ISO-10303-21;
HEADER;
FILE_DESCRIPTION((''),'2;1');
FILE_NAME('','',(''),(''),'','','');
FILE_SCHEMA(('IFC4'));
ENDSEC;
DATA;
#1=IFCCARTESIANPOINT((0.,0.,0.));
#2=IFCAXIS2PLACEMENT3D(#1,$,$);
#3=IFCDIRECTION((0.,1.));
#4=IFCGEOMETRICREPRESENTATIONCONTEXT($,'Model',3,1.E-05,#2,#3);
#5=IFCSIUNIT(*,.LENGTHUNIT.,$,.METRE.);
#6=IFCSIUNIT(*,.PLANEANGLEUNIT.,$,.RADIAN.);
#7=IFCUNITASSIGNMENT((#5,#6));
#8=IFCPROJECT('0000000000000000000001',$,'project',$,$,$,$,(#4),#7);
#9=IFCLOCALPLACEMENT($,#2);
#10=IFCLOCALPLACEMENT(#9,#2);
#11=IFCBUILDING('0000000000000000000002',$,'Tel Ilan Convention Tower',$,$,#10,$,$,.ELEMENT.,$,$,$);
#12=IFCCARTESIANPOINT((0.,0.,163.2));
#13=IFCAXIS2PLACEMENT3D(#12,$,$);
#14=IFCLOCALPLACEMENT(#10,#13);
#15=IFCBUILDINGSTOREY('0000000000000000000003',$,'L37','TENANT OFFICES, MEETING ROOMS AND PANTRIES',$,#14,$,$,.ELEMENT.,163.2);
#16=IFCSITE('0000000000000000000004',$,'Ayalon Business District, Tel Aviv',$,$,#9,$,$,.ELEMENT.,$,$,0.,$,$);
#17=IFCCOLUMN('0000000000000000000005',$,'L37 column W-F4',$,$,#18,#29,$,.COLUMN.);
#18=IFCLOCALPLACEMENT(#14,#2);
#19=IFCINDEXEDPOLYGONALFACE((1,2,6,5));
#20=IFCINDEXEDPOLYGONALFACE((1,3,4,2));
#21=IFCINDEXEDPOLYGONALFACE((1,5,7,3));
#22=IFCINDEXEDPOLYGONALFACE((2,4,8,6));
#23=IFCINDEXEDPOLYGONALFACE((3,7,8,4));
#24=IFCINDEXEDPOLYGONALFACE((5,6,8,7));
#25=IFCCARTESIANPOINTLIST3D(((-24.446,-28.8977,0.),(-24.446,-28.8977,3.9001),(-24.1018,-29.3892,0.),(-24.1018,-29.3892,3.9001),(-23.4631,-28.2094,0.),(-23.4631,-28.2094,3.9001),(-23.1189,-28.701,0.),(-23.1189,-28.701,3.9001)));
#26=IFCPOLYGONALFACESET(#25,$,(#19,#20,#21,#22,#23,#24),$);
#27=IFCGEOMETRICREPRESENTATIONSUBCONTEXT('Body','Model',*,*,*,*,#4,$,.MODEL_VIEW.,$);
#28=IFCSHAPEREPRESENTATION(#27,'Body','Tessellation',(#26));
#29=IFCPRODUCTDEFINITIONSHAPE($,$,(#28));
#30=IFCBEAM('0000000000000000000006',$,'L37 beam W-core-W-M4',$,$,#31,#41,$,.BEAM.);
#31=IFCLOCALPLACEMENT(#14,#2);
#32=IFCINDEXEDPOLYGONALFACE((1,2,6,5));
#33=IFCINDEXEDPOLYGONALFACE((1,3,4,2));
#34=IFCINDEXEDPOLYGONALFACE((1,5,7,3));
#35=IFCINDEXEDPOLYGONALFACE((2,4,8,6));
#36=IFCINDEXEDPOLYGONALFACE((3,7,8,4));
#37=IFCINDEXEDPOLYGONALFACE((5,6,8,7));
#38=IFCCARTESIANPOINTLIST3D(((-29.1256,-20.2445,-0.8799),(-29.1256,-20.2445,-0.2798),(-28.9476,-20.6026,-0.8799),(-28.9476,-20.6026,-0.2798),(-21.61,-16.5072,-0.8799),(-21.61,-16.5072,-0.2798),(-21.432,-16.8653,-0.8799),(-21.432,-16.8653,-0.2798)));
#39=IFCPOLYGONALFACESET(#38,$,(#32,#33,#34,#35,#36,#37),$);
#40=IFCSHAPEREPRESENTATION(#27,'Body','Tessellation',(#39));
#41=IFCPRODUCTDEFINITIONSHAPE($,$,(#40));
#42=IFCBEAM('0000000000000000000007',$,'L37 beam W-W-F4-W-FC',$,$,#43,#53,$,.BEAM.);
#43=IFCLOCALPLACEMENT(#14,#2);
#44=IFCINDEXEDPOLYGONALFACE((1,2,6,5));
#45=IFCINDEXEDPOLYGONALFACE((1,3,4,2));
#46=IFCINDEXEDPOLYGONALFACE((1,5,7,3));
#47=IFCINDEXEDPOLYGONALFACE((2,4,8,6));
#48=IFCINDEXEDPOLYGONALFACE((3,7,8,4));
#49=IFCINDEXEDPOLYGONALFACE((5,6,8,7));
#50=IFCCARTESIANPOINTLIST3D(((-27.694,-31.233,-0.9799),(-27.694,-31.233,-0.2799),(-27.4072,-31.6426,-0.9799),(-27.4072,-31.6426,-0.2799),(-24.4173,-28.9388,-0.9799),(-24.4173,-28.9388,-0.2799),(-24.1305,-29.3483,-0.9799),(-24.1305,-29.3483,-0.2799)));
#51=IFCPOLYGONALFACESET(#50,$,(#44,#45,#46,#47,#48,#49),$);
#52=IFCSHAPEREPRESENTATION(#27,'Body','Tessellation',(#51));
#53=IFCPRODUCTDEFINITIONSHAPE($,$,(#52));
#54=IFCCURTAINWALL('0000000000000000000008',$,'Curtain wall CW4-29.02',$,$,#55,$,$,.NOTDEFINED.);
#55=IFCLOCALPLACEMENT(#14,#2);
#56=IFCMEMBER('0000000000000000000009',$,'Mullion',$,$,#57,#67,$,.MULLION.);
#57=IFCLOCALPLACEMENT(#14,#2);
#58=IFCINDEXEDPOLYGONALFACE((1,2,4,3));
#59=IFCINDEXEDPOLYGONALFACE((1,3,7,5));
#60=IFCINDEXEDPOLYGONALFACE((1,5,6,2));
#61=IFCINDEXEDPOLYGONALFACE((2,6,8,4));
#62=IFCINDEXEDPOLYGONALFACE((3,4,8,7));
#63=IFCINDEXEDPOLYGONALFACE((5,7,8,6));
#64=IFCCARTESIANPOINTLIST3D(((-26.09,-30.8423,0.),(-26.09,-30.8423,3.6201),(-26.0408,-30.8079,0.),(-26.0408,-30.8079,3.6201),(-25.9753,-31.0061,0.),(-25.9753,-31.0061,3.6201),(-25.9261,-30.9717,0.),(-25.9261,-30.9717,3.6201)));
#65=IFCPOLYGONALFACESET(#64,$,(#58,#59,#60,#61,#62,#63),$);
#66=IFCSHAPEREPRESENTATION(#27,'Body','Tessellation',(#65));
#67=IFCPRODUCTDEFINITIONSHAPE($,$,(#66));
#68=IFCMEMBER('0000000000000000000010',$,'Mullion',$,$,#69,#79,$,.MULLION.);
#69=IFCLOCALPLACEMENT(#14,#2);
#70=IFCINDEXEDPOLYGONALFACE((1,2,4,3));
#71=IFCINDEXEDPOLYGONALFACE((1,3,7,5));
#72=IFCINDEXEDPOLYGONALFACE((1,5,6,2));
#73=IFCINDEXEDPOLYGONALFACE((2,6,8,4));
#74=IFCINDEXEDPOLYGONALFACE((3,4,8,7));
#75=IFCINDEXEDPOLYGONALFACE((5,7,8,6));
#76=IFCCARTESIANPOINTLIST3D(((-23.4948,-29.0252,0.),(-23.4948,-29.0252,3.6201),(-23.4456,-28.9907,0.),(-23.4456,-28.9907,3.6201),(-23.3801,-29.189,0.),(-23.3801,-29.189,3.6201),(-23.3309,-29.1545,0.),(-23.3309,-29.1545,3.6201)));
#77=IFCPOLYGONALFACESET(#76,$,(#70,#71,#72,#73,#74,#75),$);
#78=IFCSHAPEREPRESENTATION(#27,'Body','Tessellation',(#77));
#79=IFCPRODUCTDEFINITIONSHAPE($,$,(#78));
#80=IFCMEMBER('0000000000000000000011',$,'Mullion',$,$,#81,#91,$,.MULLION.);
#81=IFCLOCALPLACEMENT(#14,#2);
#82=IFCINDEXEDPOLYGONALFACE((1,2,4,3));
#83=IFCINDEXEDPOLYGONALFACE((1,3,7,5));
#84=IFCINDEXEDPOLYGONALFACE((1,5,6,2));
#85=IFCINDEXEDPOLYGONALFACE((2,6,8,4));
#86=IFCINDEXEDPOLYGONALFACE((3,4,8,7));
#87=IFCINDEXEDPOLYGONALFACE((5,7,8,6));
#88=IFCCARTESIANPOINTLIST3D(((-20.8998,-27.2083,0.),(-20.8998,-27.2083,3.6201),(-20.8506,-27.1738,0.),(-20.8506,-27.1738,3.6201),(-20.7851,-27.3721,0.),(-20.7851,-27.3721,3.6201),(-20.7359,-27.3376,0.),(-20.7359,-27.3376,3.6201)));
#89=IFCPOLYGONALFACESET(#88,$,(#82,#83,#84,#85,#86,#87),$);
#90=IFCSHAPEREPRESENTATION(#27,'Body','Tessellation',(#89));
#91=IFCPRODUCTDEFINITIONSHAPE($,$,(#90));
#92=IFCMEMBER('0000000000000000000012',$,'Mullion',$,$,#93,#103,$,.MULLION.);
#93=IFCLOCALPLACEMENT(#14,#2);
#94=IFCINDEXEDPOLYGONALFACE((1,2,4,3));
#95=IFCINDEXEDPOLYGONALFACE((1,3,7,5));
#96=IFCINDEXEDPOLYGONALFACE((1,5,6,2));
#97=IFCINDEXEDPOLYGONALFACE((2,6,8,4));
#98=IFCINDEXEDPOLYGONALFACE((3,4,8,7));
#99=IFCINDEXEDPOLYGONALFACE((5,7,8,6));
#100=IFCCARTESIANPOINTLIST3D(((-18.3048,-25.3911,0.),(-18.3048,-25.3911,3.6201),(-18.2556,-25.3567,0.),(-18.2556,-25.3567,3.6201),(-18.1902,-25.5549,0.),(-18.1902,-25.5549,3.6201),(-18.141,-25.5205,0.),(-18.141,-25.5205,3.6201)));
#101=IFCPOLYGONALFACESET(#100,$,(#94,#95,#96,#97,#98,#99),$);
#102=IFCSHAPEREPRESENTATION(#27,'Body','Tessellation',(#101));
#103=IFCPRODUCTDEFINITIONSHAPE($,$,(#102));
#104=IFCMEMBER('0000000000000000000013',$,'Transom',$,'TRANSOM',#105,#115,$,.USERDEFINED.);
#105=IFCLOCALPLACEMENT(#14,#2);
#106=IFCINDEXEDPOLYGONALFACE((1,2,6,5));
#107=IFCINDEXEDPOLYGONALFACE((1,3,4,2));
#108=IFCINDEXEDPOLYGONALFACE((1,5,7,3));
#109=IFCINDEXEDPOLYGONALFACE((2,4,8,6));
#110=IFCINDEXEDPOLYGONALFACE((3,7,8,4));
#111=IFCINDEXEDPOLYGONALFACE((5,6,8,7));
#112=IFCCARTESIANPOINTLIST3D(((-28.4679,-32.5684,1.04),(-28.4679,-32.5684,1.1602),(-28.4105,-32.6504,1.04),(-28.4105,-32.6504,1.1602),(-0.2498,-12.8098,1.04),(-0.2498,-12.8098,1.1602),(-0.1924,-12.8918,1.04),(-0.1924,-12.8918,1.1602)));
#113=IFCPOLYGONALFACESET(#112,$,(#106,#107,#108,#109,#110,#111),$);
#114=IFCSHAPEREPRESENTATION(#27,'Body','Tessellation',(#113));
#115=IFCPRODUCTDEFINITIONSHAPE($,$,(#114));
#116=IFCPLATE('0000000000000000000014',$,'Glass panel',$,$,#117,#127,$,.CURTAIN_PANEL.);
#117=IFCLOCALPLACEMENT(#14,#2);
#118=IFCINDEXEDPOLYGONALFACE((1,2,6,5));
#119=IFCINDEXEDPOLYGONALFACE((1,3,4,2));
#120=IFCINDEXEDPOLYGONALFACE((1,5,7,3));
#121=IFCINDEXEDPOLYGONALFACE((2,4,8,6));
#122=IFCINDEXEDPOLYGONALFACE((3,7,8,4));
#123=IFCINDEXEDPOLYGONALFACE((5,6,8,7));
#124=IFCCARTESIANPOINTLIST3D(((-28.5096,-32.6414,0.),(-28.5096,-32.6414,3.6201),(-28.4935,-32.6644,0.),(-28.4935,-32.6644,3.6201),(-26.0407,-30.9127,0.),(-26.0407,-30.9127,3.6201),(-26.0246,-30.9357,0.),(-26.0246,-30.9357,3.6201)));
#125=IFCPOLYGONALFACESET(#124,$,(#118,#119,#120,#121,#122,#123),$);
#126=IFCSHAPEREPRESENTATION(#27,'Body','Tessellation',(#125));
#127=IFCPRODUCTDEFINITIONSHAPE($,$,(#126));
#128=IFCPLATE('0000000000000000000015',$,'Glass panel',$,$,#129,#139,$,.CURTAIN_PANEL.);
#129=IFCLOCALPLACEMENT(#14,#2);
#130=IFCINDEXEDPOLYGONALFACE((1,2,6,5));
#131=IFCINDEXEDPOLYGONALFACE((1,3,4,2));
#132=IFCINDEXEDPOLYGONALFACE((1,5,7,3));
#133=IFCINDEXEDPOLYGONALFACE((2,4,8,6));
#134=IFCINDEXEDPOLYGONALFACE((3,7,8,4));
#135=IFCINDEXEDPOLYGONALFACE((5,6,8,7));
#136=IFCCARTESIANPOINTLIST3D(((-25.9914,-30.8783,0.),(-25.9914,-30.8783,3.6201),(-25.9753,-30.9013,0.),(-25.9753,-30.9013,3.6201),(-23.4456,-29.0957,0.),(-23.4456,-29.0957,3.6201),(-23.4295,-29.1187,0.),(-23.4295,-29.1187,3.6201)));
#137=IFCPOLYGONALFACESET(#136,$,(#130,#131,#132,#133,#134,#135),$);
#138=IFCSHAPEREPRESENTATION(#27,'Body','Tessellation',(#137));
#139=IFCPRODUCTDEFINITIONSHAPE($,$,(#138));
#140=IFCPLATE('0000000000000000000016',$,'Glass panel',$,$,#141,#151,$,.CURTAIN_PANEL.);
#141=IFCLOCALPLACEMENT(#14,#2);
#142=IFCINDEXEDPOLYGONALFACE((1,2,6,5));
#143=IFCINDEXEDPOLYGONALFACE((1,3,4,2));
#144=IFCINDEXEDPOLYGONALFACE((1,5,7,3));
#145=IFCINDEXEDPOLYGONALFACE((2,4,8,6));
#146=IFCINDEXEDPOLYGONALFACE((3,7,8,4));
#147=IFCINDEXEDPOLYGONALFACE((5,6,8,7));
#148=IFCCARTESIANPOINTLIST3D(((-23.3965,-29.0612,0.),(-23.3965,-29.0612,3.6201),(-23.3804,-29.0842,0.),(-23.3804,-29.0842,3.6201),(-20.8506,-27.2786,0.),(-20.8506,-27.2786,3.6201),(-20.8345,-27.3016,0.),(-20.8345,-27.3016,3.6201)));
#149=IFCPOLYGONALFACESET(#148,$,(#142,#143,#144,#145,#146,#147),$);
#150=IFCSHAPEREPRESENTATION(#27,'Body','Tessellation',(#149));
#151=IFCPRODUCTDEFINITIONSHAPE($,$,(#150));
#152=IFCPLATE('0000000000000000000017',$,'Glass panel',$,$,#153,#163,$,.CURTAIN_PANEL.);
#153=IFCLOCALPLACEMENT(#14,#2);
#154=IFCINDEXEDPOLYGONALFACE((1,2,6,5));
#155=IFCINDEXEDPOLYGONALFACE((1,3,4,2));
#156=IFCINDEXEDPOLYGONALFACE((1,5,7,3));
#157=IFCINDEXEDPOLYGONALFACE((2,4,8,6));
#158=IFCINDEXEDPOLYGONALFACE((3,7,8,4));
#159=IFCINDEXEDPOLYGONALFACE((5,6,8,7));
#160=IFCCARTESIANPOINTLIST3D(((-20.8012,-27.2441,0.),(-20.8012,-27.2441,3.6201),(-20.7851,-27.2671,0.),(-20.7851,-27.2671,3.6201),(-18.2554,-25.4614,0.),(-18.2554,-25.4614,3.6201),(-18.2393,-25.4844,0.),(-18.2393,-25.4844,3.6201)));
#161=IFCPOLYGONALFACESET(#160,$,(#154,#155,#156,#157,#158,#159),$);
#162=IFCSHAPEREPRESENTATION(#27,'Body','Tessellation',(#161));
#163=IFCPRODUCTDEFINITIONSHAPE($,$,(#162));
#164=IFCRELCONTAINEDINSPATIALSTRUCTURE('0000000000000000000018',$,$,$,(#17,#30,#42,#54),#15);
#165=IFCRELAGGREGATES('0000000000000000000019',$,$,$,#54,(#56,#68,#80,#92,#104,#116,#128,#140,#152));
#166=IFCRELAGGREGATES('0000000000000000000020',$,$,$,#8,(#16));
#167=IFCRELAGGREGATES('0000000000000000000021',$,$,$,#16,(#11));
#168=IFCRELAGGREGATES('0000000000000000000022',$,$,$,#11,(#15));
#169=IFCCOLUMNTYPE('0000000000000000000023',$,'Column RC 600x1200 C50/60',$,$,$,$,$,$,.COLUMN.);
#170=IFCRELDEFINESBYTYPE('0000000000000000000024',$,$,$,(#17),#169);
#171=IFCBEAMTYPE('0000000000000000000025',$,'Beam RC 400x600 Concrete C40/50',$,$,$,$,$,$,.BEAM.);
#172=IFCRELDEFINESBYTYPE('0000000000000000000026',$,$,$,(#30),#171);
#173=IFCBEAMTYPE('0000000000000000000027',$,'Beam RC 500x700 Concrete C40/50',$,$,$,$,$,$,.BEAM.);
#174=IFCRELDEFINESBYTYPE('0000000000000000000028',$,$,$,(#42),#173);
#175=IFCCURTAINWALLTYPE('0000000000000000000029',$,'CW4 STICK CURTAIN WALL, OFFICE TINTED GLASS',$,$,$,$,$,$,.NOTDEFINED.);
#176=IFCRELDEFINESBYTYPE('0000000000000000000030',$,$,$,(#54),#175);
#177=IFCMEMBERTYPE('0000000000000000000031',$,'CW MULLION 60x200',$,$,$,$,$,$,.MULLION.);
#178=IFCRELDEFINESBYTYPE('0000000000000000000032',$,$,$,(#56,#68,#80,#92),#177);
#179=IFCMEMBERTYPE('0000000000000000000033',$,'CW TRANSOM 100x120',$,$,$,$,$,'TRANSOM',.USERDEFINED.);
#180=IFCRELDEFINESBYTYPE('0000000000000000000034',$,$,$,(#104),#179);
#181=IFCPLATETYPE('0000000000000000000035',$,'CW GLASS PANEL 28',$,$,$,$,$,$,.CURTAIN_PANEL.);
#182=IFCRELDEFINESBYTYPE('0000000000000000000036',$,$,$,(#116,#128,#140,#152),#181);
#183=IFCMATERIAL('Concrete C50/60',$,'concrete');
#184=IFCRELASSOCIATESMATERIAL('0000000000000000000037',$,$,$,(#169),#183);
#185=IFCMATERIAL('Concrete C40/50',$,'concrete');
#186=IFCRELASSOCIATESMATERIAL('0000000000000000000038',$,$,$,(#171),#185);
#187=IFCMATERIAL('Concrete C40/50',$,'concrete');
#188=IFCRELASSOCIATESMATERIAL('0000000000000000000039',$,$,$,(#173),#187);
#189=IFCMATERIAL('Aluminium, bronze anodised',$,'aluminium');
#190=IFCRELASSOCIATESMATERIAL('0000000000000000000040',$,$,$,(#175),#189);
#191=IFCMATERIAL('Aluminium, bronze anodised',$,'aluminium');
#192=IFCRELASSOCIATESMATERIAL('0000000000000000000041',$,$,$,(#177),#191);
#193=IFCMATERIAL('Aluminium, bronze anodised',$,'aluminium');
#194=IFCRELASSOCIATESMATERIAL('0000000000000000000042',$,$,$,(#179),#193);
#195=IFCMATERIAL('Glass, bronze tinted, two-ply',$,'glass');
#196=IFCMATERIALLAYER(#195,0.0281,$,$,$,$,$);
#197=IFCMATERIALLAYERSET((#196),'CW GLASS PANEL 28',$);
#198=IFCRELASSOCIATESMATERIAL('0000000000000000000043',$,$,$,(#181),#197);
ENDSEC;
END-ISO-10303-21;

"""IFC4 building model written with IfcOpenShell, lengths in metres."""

from ifc_helpers import new_model, si_unit, direction, frame, origin, origin_2d, place, context, subcontext, project, spatial, rectangle, extrude, material, layer, layer_set, material_profile, profile_set, type_object, element, aggregate, save


model = new_model("IFC4")

# Units and contexts
model_context = context("Model", 3, precision=1e-05, world=origin(), true_north=direction((0.0, 1.0)))
body_context = subcontext(model_context, "Body", "Model", "MODEL_VIEW")
ifc_project = project(units=[si_unit("LENGTHUNIT", "METRE"), si_unit("PLANEANGLEUNIT", "RADIAN")], contexts=[model_context])

# Site, building, storey
site_placement = place(None, origin())
site = spatial("IfcSite", under=ifc_project, at=site_placement, Name="Ayalon Business District, Tel Aviv", CompositionType="ELEMENT", RefElevation=0.0)
building_placement = place(site_placement, origin())
building = spatial("IfcBuilding", under=site, at=building_placement, Name="Tel Ilan Convention Tower", CompositionType="ELEMENT")
storey_placement = place(building_placement, frame((0.0, 0.0, 163.2)))
storey = spatial("IfcBuildingStorey", under=building, at=storey_placement, Name="L37", Description="TENANT OFFICES, MEETING ROOMS AND PANTRIES", CompositionType="ELEMENT", Elevation=163.2)

# Column
ifc_material_1 = material(Name="Concrete C50/60", Category="concrete")
ifc_material_profile_1 = material_profile(ifc_material_1, rectangle(XDim=1.2, YDim=0.6001, at=origin_2d()), Name="RC 600x1200")
ifc_profile_set_1 = profile_set([ifc_material_profile_1], Name="Concrete C50/60")
column_type = type_object("IfcColumnType", Name="Column RC 600x1200 C50/60", PredefinedType="COLUMN", material=ifc_profile_set_1)
column_1_placement = place(storey_placement, frame((-23.7825, -28.7993, 0.0), z_axis=(0.0, 0.0, 1.0), x_axis=(-0.819152, -0.573576, 0.0)))
element("IfcColumn", 1, at=column_1_placement, inside=storey, type_object=column_type, Name="L37 column W-F4", PredefinedType="COLUMN", context=body_context, shape_type="SweptSolid", body=[
    extrude(rectangle(XDim=1.2, YDim=0.6001, at=origin_2d()), origin(), (0.0, 0.0, 1.0), 3.9001),
])

# Beams
ifc_material_2 = material(Name="Concrete C40/50", Category="concrete")
ifc_material_profile_2 = material_profile(ifc_material_2, rectangle(XDim=0.3999, YDim=0.6001, at=origin_2d()), Name="RC 400x600")
ifc_profile_set_2 = profile_set([ifc_material_profile_2], Name="Concrete C40/50")
beam_type_1 = type_object("IfcBeamType", Name="Beam RC 400x600 Concrete C40/50", PredefinedType="BEAM", material=ifc_profile_set_2)
beam_1_placement = place(storey_placement, frame((-21.521, -16.6863, -0.5798), z_axis=(-0.895402, -0.445258, 0.0), x_axis=(0.445258, -0.895402, 0.0)))
element("IfcBeam", 2, at=beam_1_placement, inside=storey, type_object=beam_type_1, Name="L37 beam W-core-W-M4", PredefinedType="BEAM", context=body_context, shape_type="SweptSolid", body=[
    extrude(rectangle(XDim=0.3999, YDim=0.6001, at=origin_2d()), origin(), (0.0, 0.0, 1.0), 8.3936),
])
ifc_material_3 = material(Name="Concrete C40/50", Category="concrete")
ifc_material_profile_3 = material_profile(ifc_material_3, rectangle(XDim=0.5, YDim=0.7, at=origin_2d()), Name="RC 500x700")
ifc_profile_set_3 = profile_set([ifc_material_profile_3], Name="Concrete C40/50")
beam_type_2 = type_object("IfcBeamType", Name="Beam RC 500x700 Concrete C40/50", PredefinedType="BEAM", material=ifc_profile_set_3)
beam_2_placement = place(storey_placement, frame((-24.2739, -29.1436, -0.6299), z_axis=(-0.819166, -0.573557, 0.0), x_axis=(0.573557, -0.819166, 0.0)))
element("IfcBeam", 3, at=beam_2_placement, inside=storey, type_object=beam_type_2, Name="L37 beam W-W-F4-W-FC", PredefinedType="BEAM", context=body_context, shape_type="SweptSolid", body=[
    extrude(rectangle(XDim=0.5, YDim=0.7, at=origin_2d()), origin(), (0.0, 0.0, 1.0), 4.0),
])

# Curtain wall, members, plates
ifc_material_4 = material(Name="Aluminium, bronze anodised", Category="aluminium")
curtain_wall_type = type_object("IfcCurtainWallType", Name="CW4 STICK CURTAIN WALL, OFFICE TINTED GLASS", PredefinedType="NOTDEFINED", material=ifc_material_4)
curtain_wall_placement = place(storey_placement, origin())
curtain_wall = element("IfcCurtainWall", 4, at=curtain_wall_placement, inside=storey, type_object=curtain_wall_type, Name="Curtain wall CW4-29.02", PredefinedType="NOTDEFINED")
ifc_material_5 = material(Name="Aluminium, bronze anodised", Category="aluminium")
ifc_material_profile_4 = material_profile(ifc_material_5, rectangle(XDim=0.0601, YDim=0.2, at=origin_2d()), Name="CW MULLION 60x200")
ifc_profile_set_4 = profile_set([ifc_material_profile_4], Name="Aluminium, bronze anodised")
member_type_1 = type_object("IfcMemberType", Name="CW MULLION 60x200", PredefinedType="MULLION", material=ifc_profile_set_4)
member_1_placement = place(storey_placement, frame((-26.0081, -30.907, 0.0), z_axis=(0.0, 0.0, 1.0), x_axis=(0.819152, 0.573576, 0.0)))
member_1 = element("IfcMember", 5, at=member_1_placement, type_object=member_type_1, Name="Mullion", PredefinedType="MULLION", context=body_context, shape_type="SweptSolid", body=[
    extrude(rectangle(XDim=0.0601, YDim=0.2, at=origin_2d()), origin(), (0.0, 0.0, 1.0), 3.6201),
])
member_2_placement = place(storey_placement, frame((-23.4128, -29.0898, 0.0), z_axis=(0.0, 0.0, 1.0), x_axis=(0.819152, 0.573576, 0.0)))
member_2 = element("IfcMember", 6, at=member_2_placement, type_object=member_type_1, Name="Mullion", PredefinedType="MULLION", context=body_context, shape_type="SweptSolid", body=[
    extrude(rectangle(XDim=0.0601, YDim=0.2, at=origin_2d()), origin(), (0.0, 0.0, 1.0), 3.6201),
])
member_3_placement = place(storey_placement, frame((-20.8179, -27.2729, 0.0), z_axis=(0.0, 0.0, 1.0), x_axis=(0.819152, 0.573576, 0.0)))
member_3 = element("IfcMember", 7, at=member_3_placement, type_object=member_type_1, Name="Mullion", PredefinedType="MULLION", context=body_context, shape_type="SweptSolid", body=[
    extrude(rectangle(XDim=0.0601, YDim=0.2, at=origin_2d()), origin(), (0.0, 0.0, 1.0), 3.6201),
])
member_4_placement = place(storey_placement, frame((-18.2229, -25.4558, 0.0), z_axis=(0.0, 0.0, 1.0), x_axis=(0.819152, 0.573576, 0.0)))
member_4 = element("IfcMember", 8, at=member_4_placement, type_object=member_type_1, Name="Mullion", PredefinedType="MULLION", context=body_context, shape_type="SweptSolid", body=[
    extrude(rectangle(XDim=0.0601, YDim=0.2, at=origin_2d()), origin(), (0.0, 0.0, 1.0), 3.6201),
])
ifc_material_6 = material(Name="Aluminium, bronze anodised", Category="aluminium")
ifc_material_profile_5 = material_profile(ifc_material_6, rectangle(XDim=0.1001, YDim=0.1201, at=origin_2d()), Name="CW TRANSOM 100x120")
ifc_profile_set_5 = profile_set([ifc_material_profile_5], Name="Aluminium, bronze anodised")
member_type_2 = type_object("IfcMemberType", Name="CW TRANSOM 100x120", ElementType="TRANSOM", PredefinedType="USERDEFINED", material=ifc_profile_set_5)
member_5_placement = place(storey_placement, frame((-28.4392, -32.6094, 1.1001), z_axis=(0.819151, 0.573578, 0.0), x_axis=(-0.573578, 0.819151, 0.0)))
member_5 = element("IfcMember", 9, at=member_5_placement, type_object=member_type_2, Name="Transom", ObjectType="TRANSOM", PredefinedType="USERDEFINED", context=body_context, shape_type="SweptSolid", body=[
    extrude(rectangle(XDim=0.1001, YDim=0.1201, at=origin_2d()), origin(), (0.0, 0.0, 1.0), 34.448),
])
ifc_material_7 = material(Name="Glass, bronze tinted, two-ply", Category="glass")
ifc_layer_1 = layer(ifc_material_7, 0.0281)
ifc_layer_set_1 = layer_set([ifc_layer_1], Name="CW GLASS PANEL 28")
plate_type = type_object("IfcPlateType", Name="CW GLASS PANEL 28", PredefinedType="CURTAIN_PANEL", material=ifc_layer_set_1)
plate_1_placement = place(storey_placement, frame((-27.2671, -31.7886, 0.0), z_axis=(0.0, 0.0, 1.0), x_axis=(0.819152, 0.573576, 0.0)))
plate_1 = element("IfcPlate", 10, at=plate_1_placement, type_object=plate_type, Name="Glass panel", PredefinedType="CURTAIN_PANEL", context=body_context, shape_type="SweptSolid", body=[
    extrude(rectangle(XDim=3.0139, YDim=0.0281, at=origin_2d()), origin(), (0.0, 0.0, 1.0), 3.6201),
])
plate_2_placement = place(storey_placement, frame((-24.7104, -29.9985, 0.0), z_axis=(0.0, 0.0, 1.0), x_axis=(0.819152, 0.573576, 0.0)))
plate_2 = element("IfcPlate", 11, at=plate_2_placement, type_object=plate_type, Name="Glass panel", PredefinedType="CURTAIN_PANEL", context=body_context, shape_type="SweptSolid", body=[
    extrude(rectangle(XDim=3.1079, YDim=0.0281, at=origin_2d()), origin(), (0.0, 0.0, 1.0), 3.6201),
])
plate_3_placement = place(storey_placement, frame((-22.1155, -28.1814, 0.0), z_axis=(0.0, 0.0, 1.0), x_axis=(0.819152, 0.573576, 0.0)))
plate_3 = element("IfcPlate", 12, at=plate_3_placement, type_object=plate_type, Name="Glass panel", PredefinedType="CURTAIN_PANEL", context=body_context, shape_type="SweptSolid", body=[
    extrude(rectangle(XDim=3.1079, YDim=0.0281, at=origin_2d()), origin(), (0.0, 0.0, 1.0), 3.6201),
])
plate_4_placement = place(storey_placement, frame((-19.5203, -26.3643, 0.0), z_axis=(0.0, 0.0, 1.0), x_axis=(0.819152, 0.573576, 0.0)))
plate_4 = element("IfcPlate", 13, at=plate_4_placement, type_object=plate_type, Name="Glass panel", PredefinedType="CURTAIN_PANEL", context=body_context, shape_type="SweptSolid", body=[
    extrude(rectangle(XDim=3.1079, YDim=0.0281, at=origin_2d()), origin(), (0.0, 0.0, 1.0), 3.6201),
])
aggregate(curtain_wall, [member_1, member_2, member_3, member_4, member_5, plate_1, plate_2, plate_3, plate_4])

save(model, "model.ifc")
